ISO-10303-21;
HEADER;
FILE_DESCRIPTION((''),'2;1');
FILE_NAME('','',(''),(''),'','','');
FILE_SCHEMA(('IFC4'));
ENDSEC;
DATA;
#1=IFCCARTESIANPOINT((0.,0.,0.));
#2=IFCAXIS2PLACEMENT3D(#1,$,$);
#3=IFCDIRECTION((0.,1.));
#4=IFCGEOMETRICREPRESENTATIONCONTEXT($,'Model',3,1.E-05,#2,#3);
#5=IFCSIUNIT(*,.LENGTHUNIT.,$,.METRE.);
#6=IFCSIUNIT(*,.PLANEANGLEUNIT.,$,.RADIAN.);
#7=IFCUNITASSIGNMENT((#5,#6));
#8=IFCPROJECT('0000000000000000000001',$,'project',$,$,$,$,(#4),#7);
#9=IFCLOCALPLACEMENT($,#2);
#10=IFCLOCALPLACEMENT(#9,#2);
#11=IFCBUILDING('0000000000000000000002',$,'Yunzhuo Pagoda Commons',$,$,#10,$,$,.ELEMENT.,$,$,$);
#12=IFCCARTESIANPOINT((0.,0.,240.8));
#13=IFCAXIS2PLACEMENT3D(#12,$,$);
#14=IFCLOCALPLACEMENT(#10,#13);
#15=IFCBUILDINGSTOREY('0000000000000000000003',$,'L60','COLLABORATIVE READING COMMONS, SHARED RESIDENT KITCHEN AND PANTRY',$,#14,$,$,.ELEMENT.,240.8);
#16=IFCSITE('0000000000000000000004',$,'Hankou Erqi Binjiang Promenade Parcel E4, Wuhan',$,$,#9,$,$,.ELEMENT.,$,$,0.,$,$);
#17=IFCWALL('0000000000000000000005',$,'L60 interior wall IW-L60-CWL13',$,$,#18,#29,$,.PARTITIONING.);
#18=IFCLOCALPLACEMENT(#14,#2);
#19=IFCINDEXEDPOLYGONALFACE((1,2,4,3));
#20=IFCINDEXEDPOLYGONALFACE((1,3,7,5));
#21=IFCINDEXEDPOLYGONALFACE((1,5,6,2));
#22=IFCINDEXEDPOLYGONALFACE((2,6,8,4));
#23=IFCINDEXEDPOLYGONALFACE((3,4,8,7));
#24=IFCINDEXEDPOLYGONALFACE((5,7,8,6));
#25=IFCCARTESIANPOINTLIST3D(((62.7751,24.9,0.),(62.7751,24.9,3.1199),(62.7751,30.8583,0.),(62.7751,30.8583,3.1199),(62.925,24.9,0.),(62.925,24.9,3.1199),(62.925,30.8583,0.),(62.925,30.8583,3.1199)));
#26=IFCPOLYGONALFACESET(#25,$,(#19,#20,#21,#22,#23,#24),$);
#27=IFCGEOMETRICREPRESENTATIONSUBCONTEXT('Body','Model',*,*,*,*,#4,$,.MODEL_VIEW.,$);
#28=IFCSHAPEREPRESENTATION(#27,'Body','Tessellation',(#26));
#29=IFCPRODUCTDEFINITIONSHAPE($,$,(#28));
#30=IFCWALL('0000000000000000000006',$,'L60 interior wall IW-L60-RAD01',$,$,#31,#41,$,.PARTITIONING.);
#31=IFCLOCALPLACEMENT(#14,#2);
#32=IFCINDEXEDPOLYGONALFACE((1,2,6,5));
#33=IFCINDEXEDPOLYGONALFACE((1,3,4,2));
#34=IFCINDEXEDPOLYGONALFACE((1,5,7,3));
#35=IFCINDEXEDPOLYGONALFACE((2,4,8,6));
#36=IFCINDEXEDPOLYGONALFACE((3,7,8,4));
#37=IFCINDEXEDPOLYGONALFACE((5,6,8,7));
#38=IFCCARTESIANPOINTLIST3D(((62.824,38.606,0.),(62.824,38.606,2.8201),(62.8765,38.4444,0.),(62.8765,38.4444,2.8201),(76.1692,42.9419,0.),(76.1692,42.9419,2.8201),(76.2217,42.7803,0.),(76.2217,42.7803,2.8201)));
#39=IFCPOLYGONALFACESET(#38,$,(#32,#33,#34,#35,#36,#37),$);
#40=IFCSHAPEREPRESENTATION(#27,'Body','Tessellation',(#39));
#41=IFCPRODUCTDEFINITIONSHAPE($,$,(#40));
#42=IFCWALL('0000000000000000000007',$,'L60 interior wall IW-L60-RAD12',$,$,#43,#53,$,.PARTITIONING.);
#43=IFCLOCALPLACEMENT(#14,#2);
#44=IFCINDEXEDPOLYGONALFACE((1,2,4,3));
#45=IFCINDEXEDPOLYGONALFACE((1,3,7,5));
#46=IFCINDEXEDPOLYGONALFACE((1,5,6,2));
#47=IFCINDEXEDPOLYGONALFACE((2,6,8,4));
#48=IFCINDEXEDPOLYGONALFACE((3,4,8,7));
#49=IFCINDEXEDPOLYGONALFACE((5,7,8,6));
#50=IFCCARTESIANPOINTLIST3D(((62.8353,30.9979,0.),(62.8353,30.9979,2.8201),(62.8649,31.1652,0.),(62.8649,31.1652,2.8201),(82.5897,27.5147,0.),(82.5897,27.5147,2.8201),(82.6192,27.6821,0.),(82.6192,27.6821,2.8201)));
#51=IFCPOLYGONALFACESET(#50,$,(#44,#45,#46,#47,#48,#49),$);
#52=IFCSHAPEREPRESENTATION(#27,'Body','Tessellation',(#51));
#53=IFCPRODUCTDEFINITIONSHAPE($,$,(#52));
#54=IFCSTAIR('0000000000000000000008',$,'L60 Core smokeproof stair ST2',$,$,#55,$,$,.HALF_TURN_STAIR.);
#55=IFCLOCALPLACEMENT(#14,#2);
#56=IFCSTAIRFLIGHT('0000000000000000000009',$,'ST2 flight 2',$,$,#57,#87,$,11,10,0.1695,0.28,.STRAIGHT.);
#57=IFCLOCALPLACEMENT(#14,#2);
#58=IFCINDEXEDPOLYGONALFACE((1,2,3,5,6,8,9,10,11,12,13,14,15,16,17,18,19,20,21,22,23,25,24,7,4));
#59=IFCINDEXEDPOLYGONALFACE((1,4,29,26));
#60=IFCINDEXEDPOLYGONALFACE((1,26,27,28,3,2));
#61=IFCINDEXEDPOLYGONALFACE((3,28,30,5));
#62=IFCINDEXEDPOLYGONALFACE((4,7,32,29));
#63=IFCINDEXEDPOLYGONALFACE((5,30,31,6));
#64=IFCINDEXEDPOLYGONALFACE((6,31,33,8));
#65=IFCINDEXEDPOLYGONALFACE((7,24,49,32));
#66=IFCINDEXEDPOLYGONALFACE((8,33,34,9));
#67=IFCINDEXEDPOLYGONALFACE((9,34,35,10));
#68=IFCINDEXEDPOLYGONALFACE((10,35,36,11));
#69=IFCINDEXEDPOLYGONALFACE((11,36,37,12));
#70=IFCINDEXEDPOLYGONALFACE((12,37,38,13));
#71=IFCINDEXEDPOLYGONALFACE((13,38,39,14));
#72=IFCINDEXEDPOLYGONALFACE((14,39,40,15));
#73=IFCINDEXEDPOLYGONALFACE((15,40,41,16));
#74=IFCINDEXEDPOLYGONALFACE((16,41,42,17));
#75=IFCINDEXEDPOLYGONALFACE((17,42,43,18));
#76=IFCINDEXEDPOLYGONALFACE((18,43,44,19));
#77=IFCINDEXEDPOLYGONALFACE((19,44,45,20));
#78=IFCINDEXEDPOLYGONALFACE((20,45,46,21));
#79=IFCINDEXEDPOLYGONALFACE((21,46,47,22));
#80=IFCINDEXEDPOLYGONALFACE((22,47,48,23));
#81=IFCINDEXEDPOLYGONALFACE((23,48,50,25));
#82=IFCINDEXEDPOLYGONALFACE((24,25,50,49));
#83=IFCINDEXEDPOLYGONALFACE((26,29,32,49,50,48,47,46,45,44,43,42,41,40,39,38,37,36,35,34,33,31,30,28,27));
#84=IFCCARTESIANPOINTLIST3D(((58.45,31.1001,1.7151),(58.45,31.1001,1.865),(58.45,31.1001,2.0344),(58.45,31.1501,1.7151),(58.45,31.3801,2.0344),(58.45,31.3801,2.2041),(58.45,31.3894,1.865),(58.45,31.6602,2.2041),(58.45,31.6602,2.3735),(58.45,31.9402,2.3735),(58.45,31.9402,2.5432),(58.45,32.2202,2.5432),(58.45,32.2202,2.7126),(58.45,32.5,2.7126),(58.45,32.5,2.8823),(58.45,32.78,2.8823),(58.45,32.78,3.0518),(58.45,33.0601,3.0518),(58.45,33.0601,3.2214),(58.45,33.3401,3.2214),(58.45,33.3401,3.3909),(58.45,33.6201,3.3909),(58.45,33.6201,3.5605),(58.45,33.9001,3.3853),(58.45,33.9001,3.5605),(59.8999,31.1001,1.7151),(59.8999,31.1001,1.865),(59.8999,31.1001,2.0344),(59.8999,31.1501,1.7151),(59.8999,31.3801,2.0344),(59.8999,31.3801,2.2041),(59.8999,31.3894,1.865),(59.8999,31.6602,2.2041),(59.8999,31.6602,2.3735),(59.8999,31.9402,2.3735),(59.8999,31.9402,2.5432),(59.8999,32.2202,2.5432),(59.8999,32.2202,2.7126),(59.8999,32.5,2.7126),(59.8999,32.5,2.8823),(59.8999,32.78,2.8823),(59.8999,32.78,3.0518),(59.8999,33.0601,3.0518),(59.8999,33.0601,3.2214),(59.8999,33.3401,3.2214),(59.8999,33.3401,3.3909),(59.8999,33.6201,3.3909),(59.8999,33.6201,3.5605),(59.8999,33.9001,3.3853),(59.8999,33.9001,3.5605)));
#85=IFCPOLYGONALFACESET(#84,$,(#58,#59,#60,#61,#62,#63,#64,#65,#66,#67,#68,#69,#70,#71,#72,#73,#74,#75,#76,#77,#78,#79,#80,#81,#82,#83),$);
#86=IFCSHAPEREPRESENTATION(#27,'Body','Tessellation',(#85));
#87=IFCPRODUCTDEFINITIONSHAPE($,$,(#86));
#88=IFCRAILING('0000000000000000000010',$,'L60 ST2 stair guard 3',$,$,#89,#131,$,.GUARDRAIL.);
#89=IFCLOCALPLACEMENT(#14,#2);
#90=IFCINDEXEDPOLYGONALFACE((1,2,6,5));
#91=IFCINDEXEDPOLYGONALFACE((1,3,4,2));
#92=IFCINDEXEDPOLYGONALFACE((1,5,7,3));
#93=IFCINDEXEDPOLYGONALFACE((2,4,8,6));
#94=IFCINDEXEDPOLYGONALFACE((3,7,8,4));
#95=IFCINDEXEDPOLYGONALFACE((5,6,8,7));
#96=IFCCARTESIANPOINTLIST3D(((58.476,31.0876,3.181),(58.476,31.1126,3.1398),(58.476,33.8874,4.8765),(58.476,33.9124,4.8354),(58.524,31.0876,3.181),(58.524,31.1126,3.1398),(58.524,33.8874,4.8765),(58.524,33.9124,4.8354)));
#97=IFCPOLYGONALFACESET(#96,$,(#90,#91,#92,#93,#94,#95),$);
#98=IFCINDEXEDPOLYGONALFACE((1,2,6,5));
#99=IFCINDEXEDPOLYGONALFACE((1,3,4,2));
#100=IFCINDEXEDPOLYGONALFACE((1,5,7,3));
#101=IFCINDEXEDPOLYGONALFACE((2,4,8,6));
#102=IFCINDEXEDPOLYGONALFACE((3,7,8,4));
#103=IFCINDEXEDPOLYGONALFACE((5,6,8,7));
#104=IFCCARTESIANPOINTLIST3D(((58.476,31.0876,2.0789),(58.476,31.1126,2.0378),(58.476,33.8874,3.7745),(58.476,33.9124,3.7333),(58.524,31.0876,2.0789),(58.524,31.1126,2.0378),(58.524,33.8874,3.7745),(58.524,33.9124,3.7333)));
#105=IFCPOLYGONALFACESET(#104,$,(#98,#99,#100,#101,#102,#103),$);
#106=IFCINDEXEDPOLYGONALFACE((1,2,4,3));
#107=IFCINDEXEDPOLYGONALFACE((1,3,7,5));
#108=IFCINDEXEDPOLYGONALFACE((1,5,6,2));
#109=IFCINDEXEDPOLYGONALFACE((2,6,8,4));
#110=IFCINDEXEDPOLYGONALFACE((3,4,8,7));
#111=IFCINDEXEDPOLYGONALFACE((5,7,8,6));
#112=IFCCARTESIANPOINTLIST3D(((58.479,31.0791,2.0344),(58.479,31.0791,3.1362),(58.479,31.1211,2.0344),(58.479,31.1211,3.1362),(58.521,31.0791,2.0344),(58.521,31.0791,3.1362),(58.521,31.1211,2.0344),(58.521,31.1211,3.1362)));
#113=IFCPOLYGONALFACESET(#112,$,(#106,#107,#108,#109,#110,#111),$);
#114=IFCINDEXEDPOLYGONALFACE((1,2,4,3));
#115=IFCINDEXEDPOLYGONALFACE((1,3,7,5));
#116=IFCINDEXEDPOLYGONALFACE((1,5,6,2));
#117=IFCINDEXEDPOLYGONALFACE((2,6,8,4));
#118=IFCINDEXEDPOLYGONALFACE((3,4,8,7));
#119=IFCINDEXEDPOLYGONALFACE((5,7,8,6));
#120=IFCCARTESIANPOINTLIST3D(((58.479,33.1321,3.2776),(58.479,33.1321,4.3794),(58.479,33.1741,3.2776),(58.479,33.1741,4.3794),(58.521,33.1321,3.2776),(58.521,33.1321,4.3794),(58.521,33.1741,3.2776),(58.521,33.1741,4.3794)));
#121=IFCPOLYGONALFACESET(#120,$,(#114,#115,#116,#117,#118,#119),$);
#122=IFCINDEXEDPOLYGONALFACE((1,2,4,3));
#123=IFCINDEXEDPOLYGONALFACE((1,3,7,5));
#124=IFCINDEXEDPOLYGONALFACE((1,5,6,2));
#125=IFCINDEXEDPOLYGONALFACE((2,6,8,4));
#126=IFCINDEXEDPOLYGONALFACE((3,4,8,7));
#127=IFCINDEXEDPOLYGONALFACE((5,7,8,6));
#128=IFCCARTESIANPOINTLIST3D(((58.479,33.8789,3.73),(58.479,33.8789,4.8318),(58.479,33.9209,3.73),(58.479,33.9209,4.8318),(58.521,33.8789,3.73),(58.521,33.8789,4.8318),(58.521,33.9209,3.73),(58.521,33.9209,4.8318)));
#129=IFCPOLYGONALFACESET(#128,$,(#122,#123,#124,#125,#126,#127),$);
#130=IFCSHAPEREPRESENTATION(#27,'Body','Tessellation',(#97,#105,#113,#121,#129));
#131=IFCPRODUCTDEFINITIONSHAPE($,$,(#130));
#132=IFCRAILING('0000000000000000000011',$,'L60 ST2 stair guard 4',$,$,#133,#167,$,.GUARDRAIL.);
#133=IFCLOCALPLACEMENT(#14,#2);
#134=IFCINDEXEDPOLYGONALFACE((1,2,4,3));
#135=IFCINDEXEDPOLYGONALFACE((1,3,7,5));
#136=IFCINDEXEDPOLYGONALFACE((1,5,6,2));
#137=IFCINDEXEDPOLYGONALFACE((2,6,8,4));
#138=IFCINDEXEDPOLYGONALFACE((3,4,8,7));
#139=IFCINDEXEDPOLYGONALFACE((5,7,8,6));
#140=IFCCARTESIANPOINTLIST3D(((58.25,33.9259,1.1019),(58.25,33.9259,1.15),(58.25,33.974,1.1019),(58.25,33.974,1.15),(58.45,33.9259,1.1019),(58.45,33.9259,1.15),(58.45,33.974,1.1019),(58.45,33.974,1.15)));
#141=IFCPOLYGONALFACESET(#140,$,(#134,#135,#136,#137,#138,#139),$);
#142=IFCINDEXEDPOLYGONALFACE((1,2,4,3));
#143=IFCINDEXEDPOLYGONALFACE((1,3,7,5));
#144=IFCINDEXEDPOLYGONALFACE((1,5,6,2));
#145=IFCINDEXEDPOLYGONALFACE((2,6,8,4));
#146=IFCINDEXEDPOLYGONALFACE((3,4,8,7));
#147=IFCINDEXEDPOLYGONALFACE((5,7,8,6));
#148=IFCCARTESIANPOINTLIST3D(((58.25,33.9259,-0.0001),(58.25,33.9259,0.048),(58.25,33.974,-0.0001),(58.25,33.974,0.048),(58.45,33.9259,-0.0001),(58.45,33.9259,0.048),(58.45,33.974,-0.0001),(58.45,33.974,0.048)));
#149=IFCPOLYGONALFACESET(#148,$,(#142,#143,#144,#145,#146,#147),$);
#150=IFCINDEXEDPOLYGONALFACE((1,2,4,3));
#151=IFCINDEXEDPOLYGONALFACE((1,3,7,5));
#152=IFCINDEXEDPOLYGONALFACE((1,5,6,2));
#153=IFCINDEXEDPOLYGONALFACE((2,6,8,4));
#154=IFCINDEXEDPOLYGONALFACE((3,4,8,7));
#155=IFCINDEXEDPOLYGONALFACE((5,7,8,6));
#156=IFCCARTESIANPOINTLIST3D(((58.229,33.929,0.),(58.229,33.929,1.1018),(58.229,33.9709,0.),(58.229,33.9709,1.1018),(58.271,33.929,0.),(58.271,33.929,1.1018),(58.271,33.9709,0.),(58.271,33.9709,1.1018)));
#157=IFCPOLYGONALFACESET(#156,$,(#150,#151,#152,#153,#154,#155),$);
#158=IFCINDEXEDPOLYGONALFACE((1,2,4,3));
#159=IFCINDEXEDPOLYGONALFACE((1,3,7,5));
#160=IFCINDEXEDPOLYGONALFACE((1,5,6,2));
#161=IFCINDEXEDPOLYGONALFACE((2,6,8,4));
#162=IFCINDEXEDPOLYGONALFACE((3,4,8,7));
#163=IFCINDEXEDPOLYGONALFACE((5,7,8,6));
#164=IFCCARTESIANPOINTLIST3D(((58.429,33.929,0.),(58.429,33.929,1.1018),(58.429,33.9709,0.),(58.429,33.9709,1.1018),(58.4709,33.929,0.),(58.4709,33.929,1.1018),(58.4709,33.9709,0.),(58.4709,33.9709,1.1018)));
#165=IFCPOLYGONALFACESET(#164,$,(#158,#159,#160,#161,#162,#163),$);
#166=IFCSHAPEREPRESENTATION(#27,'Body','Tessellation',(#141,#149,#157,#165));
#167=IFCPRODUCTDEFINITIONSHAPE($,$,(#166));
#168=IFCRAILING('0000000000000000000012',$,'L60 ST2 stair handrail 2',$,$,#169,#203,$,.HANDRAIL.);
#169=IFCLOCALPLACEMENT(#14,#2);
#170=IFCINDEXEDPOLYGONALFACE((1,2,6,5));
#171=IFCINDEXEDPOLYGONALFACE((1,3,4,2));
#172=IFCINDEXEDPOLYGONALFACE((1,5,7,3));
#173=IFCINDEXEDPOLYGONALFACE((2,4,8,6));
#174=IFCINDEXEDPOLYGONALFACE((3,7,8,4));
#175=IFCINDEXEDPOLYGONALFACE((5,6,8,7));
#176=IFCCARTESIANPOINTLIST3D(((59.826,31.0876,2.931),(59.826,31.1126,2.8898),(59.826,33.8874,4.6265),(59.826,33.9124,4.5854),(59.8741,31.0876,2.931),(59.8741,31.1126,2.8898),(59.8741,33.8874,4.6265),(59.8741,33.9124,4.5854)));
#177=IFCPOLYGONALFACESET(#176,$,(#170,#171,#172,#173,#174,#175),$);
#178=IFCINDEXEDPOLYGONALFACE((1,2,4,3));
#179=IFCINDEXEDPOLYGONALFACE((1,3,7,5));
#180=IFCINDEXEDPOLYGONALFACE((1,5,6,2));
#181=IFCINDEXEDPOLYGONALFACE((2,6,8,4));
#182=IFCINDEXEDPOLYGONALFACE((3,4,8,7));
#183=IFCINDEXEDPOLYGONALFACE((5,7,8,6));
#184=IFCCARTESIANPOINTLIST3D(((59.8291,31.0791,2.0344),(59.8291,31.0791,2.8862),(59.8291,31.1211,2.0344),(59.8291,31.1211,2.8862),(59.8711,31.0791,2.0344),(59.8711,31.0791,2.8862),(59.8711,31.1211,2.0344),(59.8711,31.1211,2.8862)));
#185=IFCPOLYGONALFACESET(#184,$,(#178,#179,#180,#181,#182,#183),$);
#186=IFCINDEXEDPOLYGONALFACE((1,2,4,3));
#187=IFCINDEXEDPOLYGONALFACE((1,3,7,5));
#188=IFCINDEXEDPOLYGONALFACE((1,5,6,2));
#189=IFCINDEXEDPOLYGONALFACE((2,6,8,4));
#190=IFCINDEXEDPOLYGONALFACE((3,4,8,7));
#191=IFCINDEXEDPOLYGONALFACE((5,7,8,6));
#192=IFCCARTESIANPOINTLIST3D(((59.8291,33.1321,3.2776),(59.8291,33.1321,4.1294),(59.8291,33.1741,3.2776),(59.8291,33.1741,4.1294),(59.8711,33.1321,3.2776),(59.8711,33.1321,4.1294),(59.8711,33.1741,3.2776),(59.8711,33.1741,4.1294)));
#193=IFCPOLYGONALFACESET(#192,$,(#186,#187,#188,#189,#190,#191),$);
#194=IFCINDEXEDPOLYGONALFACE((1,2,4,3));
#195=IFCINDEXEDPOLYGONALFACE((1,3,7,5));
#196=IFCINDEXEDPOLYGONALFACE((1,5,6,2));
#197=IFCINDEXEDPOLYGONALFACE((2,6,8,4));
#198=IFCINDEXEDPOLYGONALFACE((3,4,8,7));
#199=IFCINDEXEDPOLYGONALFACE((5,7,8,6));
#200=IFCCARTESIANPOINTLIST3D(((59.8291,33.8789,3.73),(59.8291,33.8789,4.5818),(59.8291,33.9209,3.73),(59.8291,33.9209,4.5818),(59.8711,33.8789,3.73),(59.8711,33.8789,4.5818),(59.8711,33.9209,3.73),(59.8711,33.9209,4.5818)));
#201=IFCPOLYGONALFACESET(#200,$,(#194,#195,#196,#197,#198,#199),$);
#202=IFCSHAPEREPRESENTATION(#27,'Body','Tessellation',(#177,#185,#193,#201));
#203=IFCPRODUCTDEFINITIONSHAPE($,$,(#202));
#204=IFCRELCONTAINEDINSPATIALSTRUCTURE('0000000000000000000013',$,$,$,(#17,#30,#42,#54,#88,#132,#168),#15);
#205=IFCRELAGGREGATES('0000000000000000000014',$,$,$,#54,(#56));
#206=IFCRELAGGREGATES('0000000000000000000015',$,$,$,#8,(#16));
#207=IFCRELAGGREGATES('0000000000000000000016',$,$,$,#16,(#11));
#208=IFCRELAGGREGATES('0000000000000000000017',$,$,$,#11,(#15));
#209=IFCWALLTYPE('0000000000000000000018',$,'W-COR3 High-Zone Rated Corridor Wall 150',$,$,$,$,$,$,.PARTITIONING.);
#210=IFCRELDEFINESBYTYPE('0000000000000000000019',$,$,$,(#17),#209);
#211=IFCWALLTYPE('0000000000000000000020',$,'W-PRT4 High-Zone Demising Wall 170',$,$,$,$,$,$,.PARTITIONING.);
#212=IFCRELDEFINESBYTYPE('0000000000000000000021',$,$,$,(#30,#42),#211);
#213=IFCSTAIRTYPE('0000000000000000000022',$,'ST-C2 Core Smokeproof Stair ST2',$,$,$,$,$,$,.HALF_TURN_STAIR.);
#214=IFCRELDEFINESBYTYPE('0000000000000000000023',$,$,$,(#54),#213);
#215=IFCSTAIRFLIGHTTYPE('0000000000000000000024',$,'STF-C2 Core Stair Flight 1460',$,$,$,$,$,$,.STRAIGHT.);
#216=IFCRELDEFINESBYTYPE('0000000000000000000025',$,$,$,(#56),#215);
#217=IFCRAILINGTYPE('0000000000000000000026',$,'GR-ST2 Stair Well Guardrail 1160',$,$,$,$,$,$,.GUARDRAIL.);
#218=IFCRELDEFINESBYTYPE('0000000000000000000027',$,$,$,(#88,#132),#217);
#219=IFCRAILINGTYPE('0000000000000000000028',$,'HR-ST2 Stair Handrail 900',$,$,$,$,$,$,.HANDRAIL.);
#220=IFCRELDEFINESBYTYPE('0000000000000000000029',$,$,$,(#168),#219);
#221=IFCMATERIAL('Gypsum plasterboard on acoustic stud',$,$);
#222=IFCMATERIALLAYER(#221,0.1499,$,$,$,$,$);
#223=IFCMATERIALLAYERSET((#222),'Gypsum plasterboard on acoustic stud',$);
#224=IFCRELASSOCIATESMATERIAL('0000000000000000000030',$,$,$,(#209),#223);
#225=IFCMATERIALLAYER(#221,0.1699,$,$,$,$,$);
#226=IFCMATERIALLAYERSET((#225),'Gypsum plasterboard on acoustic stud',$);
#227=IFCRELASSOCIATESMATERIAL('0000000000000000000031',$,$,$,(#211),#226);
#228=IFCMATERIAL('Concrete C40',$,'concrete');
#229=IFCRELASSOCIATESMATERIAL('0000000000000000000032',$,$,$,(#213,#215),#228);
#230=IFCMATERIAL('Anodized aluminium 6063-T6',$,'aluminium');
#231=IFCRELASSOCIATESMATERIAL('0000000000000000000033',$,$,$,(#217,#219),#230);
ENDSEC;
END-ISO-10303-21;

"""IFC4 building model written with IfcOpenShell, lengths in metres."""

from ifc_helpers import new_model, si_unit, direction, frame, frame_2d, origin, origin_2d, place, context, subcontext, project, spatial, polyline, rectangle, outline, extrude, source, transform, mapped, material, layer, layer_set, type_object, element, aggregate, save


model = new_model("IFC4")

# Units and contexts
model_context = context("Model", 3, precision=1e-05, world=origin(), true_north=direction((0.0, 1.0)))
body_context = subcontext(model_context, "Body", "Model", "MODEL_VIEW")
ifc_project = project(units=[si_unit("LENGTHUNIT", "METRE"), si_unit("PLANEANGLEUNIT", "RADIAN")], contexts=[model_context])

# Site, building, storey
site_placement = place(None, origin())
site = spatial("IfcSite", under=ifc_project, at=site_placement, Name="Hankou Erqi Binjiang Promenade Parcel E4, Wuhan", CompositionType="ELEMENT", RefElevation=0.0)
building_placement = place(site_placement, origin())
building = spatial("IfcBuilding", under=site, at=building_placement, Name="Yunzhuo Pagoda Commons", CompositionType="ELEMENT")
storey_placement = place(building_placement, frame((0.0, 0.0, 240.8)))
storey = spatial("IfcBuildingStorey", under=building, at=storey_placement, Name="L60", Description="COLLABORATIVE READING COMMONS, SHARED RESIDENT KITCHEN AND PANTRY", CompositionType="ELEMENT", Elevation=240.8)

# Shared definitions
ifc_material_1 = material(Name="Anodized aluminium 6063-T6", Category="aluminium")

# Shared definitions
ifc_material_2 = material(Name="Gypsum plasterboard on acoustic stud")
ifc_layer_1 = layer(ifc_material_2, 0.1499)
ifc_layer_set_1 = layer_set([ifc_layer_1], Name="Gypsum plasterboard on acoustic stud")
wall_type_1 = type_object("IfcWallType", Name="W-COR3 High-Zone Rated Corridor Wall 150", PredefinedType="PARTITIONING", material=ifc_layer_set_1)

# Walls
wall_1_placement = place(storey_placement, frame((62.8501, 30.8582, 0.0), z_axis=(0.0, 0.0, 1.0), x_axis=(0.0, -1.0, 0.0)))
element("IfcWall", 1, at=wall_1_placement, inside=storey, type_object=wall_type_1, Name="L60 interior wall IW-L60-CWL13", PredefinedType="PARTITIONING", context=body_context, shape_type="SweptSolid", body=[
    extrude(rectangle(XDim=5.9583, YDim=0.1499, at=frame_2d((2.979, 0.0))), origin(), (0.0, 0.0, 1.0), 3.1199),
])
ifc_layer_2 = layer(ifc_material_2, 0.1699)
ifc_layer_set_2 = layer_set([ifc_layer_2], Name="Gypsum plasterboard on acoustic stud")
wall_type_2 = type_object("IfcWallType", Name="W-PRT4 High-Zone Demising Wall 170", PredefinedType="PARTITIONING", material=ifc_layer_set_2)
wall_2_placement = place(storey_placement, frame((62.8501, 38.5251, 0.0), z_axis=(0.0, 0.0, 1.0), x_axis=(0.95106, 0.309005, 0.0)))
element("IfcWall", 2, at=wall_2_placement, inside=storey, type_object=wall_type_2, Name="L60 interior wall IW-L60-RAD01", PredefinedType="PARTITIONING", context=body_context, shape_type="SweptSolid", body=[
    extrude(rectangle(XDim=14.032, YDim=0.1699, at=frame_2d((7.0161, 0.0))), origin(), (0.0, 0.0, 1.0), 2.8201),
])
wall_3_placement = place(storey_placement, frame((62.8501, 31.0815, 0.0), z_axis=(0.0, 0.0, 1.0), x_axis=(0.984808, -0.173644, 0.0)))
element("IfcWall", 3, at=wall_3_placement, inside=storey, type_object=wall_type_2, Name="L60 interior wall IW-L60-RAD12", PredefinedType="PARTITIONING", context=body_context, shape_type="SweptSolid", body=[
    extrude(rectangle(XDim=20.0591, YDim=0.1699, at=frame_2d((10.0295, 0.0))), origin(), (0.0, 0.0, 1.0), 2.8201),
])

# Stair, stair flight
ifc_material_3 = material(Name="Concrete C40", Category="concrete")
stair_type = type_object("IfcStairType", Name="ST-C2 Core Smokeproof Stair ST2", PredefinedType="HALF_TURN_STAIR", material=ifc_material_3)
stair_placement = place(storey_placement, origin())
stair = element("IfcStair", 4, at=stair_placement, inside=storey, type_object=stair_type, Name="L60 Core smokeproof stair ST2", PredefinedType="HALF_TURN_STAIR")
stair_flight_type = type_object("IfcStairFlightType", Name="STF-C2 Core Stair Flight 1460", PredefinedType="STRAIGHT", material=ifc_material_3)
shared_shape_1 = source(origin(), body_context, "Body", "SweptSolid", [
    extrude(outline(polyline([(0.0, -0.1499), (0.0, 0.0), (0.0, 0.1694), (0.28, 0.1694), (0.28, 0.3391), (0.5601, 0.3391), (0.5601, 0.5085), (0.8401, 0.5085), (0.8401, 0.6782), (1.1201, 0.6782), (1.1201, 0.8477), (1.3999, 0.8477), (1.3999, 1.0173), (1.6799, 1.0173), (1.6799, 1.1868), (1.96, 1.1868), (1.96, 1.3564), (2.24, 1.3564), (2.24, 1.5259), (2.52, 1.5259), (2.52, 1.6956), (2.8, 1.6956), (2.8, 1.865), (2.8, 1.5203), (0.2893, 0.0), (0.05, -0.1499), (0.0, -0.1499)])), frame((0.0, 0.7251, 0.0), z_axis=(0.0, -1.0, 0.0), x_axis=(1.0, 0.0, 0.0)), (0.0, 0.0, 1.0), 1.45),
])
stair_flight_placement = place(storey_placement, frame((59.175, 31.1001, 1.865), z_axis=(0.0, 0.0, 1.0), x_axis=(0.0, 1.0, 0.0)))
stair_flight = element("IfcStairFlight", 5, at=stair_flight_placement, type_object=stair_flight_type, Name="ST2 flight 2", NumberOfRisers=11, NumberOfTreads=10, PredefinedType="STRAIGHT", RiserHeight=0.1695, TreadLength=0.28, context=body_context, shape_type="MappedRepresentation", body=[
    mapped(shared_shape_1, transform((0.0, 0.0, 0.0), scale=1.0)),
])
aggregate(stair, [stair_flight])

# Railings
railing_type_1 = type_object("IfcRailingType", Name="GR-ST2 Stair Well Guardrail 1160", PredefinedType="GUARDRAIL", material=ifc_material_1)
railing_1_placement = place(storey_placement, frame((58.5, 31.1001, 2.0344)))
element("IfcRailing", 6, at=railing_1_placement, inside=storey, type_object=railing_type_1, Name="L60 ST2 stair guard 3", PredefinedType="GUARDRAIL", context=body_context, shape_type="SweptSolid", body=[
    extrude(rectangle(XDim=0.0481, YDim=0.0481, at=origin_2d()), frame((0.0, 0.0, 1.126), z_axis=(0.0, 0.855373, 0.518012), x_axis=(-1.0, 0.0, 0.0)), (0.0, 0.0, 1.0), 3.2732),
    extrude(rectangle(XDim=0.0481, YDim=0.0481, at=origin_2d()), frame((0.0, 0.0, 0.0239), z_axis=(0.0, 0.855373, 0.518012), x_axis=(-1.0, 0.0, 0.0)), (0.0, 0.0, 1.0), 3.2732),
    extrude(rectangle(XDim=0.042, YDim=0.042, at=origin_2d()), origin(), (0.0, 0.0, 1.0), 1.1018),
    extrude(rectangle(XDim=0.042, YDim=0.042, at=origin_2d()), frame((0.0, 2.053, 1.2432)), (0.0, 0.0, 1.0), 1.1018),
    extrude(rectangle(XDim=0.042, YDim=0.042, at=origin_2d()), frame((0.0, 2.7998, 1.6956)), (0.0, 0.0, 1.0), 1.1018),
])
railing_2_placement = place(storey_placement, frame((58.25, 33.95, 0.0)))
element("IfcRailing", 7, at=railing_2_placement, inside=storey, type_object=railing_type_1, Name="L60 ST2 stair guard 4", PredefinedType="GUARDRAIL", context=body_context, shape_type="SweptSolid", body=[
    extrude(rectangle(XDim=0.0481, YDim=0.0481, at=origin_2d()), frame((0.0, 0.0, 1.126), z_axis=(1.0, 0.0, 0.0), x_axis=(0.0, 1.0, 0.0)), (0.0, 0.0, 1.0), 0.2),
    extrude(rectangle(XDim=0.0481, YDim=0.0481, at=origin_2d()), frame((0.0, 0.0, 0.0239), z_axis=(1.0, 0.0, 0.0), x_axis=(0.0, 1.0, 0.0)), (0.0, 0.0, 1.0), 0.2),
    extrude(rectangle(XDim=0.042, YDim=0.042, at=origin_2d()), origin(), (0.0, 0.0, 1.0), 1.1018),
    extrude(rectangle(XDim=0.042, YDim=0.042, at=origin_2d()), frame((0.2, 0.0, 0.0)), (0.0, 0.0, 1.0), 1.1018),
])
railing_type_2 = type_object("IfcRailingType", Name="HR-ST2 Stair Handrail 900", PredefinedType="HANDRAIL", material=ifc_material_1)
railing_3_placement = place(storey_placement, frame((59.8501, 31.1001, 2.0344)))
element("IfcRailing", 8, at=railing_3_placement, inside=storey, type_object=railing_type_2, Name="L60 ST2 stair handrail 2", PredefinedType="HANDRAIL", context=body_context, shape_type="SweptSolid", body=[
    extrude(rectangle(XDim=0.0481, YDim=0.0481, at=origin_2d()), frame((0.0, 0.0, 0.876), z_axis=(0.0, 0.855373, 0.518012), x_axis=(-1.0, 0.0, 0.0)), (0.0, 0.0, 1.0), 3.2732),
    extrude(rectangle(XDim=0.042, YDim=0.042, at=origin_2d()), origin(), (0.0, 0.0, 1.0), 0.8518),
    extrude(rectangle(XDim=0.042, YDim=0.042, at=origin_2d()), frame((0.0, 2.053, 1.2432)), (0.0, 0.0, 1.0), 0.8518),
    extrude(rectangle(XDim=0.042, YDim=0.042, at=origin_2d()), frame((0.0, 2.7998, 1.6956)), (0.0, 0.0, 1.0), 0.8518),
])

save(model, "model.ifc")
